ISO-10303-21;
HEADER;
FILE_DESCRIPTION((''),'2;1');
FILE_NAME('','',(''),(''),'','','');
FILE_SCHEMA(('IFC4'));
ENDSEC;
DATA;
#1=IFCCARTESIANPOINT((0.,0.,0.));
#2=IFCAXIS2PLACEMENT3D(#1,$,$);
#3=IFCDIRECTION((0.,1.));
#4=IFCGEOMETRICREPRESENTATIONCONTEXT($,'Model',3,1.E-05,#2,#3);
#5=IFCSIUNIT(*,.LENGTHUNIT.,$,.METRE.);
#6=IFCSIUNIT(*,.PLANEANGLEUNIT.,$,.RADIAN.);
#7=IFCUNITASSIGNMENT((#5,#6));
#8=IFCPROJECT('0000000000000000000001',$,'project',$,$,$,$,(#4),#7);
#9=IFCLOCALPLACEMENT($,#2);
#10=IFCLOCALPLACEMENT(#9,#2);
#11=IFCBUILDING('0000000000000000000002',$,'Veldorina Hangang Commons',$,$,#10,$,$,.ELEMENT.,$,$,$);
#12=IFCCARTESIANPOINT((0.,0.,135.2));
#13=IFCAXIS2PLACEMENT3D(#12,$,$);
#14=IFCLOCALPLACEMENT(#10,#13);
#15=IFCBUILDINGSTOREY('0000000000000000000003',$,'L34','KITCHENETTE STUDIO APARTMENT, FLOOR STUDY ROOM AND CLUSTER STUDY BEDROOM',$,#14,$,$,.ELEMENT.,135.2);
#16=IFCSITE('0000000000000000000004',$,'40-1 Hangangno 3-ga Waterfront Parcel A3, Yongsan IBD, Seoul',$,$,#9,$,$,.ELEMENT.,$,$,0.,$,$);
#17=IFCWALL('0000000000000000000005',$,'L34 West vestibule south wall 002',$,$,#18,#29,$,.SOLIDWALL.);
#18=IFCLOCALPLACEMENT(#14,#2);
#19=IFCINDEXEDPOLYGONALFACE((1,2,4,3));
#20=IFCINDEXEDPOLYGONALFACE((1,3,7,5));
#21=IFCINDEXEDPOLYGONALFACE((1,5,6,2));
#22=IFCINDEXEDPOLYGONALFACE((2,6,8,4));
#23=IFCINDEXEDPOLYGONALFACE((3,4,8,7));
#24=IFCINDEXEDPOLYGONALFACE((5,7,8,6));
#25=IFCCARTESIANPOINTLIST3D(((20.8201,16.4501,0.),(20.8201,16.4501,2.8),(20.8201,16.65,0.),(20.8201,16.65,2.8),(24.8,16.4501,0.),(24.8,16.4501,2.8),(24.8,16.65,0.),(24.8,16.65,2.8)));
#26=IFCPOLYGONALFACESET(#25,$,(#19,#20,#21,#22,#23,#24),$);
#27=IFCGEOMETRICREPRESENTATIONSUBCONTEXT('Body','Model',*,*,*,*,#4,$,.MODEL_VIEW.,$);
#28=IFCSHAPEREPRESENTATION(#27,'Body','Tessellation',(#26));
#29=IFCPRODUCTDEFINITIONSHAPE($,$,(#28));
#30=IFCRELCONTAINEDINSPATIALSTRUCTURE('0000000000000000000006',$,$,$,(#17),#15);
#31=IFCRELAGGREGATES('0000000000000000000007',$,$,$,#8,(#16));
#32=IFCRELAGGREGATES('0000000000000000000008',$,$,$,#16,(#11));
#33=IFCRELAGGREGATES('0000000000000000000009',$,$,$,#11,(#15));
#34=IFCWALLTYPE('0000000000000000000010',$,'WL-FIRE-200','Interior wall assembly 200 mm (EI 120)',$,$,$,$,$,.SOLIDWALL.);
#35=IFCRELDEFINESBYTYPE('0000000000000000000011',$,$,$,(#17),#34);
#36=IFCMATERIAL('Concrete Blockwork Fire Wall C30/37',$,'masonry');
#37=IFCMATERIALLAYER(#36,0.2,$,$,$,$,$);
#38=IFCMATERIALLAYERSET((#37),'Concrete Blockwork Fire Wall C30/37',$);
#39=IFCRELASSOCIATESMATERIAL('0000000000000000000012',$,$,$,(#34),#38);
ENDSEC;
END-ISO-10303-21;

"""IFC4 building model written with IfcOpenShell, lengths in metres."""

from ifc_helpers import new_model, si_unit, direction, frame, frame_2d, origin, place, context, subcontext, project, spatial, rectangle, extrude, material, layer, layer_set, type_object, element, save


model = new_model("IFC4")

# Units and contexts
model_context = context("Model", 3, precision=1e-05, world=origin(), true_north=direction((0.0, 1.0)))
body_context = subcontext(model_context, "Body", "Model", "MODEL_VIEW")
ifc_project = project(units=[si_unit("LENGTHUNIT", "METRE"), si_unit("PLANEANGLEUNIT", "RADIAN")], contexts=[model_context])

# Site, building, storey
site_placement = place(None, origin())
site = spatial("IfcSite", under=ifc_project, at=site_placement, Name="40-1 Hangangno 3-ga Waterfront Parcel A3, Yongsan IBD, Seoul", CompositionType="ELEMENT", RefElevation=0.0)
building_placement = place(site_placement, origin())
building = spatial("IfcBuilding", under=site, at=building_placement, Name="Veldorina Hangang Commons", CompositionType="ELEMENT")
storey_placement = place(building_placement, frame((0.0, 0.0, 135.2)))
storey = spatial("IfcBuildingStorey", under=building, at=storey_placement, Name="L34", Description="KITCHENETTE STUDIO APARTMENT, FLOOR STUDY ROOM AND CLUSTER STUDY BEDROOM", CompositionType="ELEMENT", Elevation=135.2)

# Shared definitions
ifc_material_1 = material(Name="Concrete Blockwork Fire Wall C30/37", Category="masonry")
ifc_layer_1 = layer(ifc_material_1, 0.2)
ifc_layer_set_1 = layer_set([ifc_layer_1], Name="Concrete Blockwork Fire Wall C30/37")
wall_type_1 = type_object("IfcWallType", Name="WL-FIRE-200", Description="Interior wall assembly 200 mm (EI 120)", PredefinedType="SOLIDWALL", material=ifc_layer_set_1)

# Wall
wall_1_placement = place(storey_placement, frame((20.8201, 16.55, 0.0), z_axis=(0.0, 0.0, 1.0), x_axis=(1.0, 0.0, 0.0)))
element("IfcWall", 1, at=wall_1_placement, inside=storey, type_object=wall_type_1, Name="L34 West vestibule south wall 002", PredefinedType="SOLIDWALL", context=body_context, shape_type="SweptSolid", body=[
    extrude(rectangle(XDim=3.98, YDim=0.2, at=frame_2d((1.99, 0.0))), origin(), (0.0, 0.0, 1.0), 2.8),
])

save(model, "model.ifc")
